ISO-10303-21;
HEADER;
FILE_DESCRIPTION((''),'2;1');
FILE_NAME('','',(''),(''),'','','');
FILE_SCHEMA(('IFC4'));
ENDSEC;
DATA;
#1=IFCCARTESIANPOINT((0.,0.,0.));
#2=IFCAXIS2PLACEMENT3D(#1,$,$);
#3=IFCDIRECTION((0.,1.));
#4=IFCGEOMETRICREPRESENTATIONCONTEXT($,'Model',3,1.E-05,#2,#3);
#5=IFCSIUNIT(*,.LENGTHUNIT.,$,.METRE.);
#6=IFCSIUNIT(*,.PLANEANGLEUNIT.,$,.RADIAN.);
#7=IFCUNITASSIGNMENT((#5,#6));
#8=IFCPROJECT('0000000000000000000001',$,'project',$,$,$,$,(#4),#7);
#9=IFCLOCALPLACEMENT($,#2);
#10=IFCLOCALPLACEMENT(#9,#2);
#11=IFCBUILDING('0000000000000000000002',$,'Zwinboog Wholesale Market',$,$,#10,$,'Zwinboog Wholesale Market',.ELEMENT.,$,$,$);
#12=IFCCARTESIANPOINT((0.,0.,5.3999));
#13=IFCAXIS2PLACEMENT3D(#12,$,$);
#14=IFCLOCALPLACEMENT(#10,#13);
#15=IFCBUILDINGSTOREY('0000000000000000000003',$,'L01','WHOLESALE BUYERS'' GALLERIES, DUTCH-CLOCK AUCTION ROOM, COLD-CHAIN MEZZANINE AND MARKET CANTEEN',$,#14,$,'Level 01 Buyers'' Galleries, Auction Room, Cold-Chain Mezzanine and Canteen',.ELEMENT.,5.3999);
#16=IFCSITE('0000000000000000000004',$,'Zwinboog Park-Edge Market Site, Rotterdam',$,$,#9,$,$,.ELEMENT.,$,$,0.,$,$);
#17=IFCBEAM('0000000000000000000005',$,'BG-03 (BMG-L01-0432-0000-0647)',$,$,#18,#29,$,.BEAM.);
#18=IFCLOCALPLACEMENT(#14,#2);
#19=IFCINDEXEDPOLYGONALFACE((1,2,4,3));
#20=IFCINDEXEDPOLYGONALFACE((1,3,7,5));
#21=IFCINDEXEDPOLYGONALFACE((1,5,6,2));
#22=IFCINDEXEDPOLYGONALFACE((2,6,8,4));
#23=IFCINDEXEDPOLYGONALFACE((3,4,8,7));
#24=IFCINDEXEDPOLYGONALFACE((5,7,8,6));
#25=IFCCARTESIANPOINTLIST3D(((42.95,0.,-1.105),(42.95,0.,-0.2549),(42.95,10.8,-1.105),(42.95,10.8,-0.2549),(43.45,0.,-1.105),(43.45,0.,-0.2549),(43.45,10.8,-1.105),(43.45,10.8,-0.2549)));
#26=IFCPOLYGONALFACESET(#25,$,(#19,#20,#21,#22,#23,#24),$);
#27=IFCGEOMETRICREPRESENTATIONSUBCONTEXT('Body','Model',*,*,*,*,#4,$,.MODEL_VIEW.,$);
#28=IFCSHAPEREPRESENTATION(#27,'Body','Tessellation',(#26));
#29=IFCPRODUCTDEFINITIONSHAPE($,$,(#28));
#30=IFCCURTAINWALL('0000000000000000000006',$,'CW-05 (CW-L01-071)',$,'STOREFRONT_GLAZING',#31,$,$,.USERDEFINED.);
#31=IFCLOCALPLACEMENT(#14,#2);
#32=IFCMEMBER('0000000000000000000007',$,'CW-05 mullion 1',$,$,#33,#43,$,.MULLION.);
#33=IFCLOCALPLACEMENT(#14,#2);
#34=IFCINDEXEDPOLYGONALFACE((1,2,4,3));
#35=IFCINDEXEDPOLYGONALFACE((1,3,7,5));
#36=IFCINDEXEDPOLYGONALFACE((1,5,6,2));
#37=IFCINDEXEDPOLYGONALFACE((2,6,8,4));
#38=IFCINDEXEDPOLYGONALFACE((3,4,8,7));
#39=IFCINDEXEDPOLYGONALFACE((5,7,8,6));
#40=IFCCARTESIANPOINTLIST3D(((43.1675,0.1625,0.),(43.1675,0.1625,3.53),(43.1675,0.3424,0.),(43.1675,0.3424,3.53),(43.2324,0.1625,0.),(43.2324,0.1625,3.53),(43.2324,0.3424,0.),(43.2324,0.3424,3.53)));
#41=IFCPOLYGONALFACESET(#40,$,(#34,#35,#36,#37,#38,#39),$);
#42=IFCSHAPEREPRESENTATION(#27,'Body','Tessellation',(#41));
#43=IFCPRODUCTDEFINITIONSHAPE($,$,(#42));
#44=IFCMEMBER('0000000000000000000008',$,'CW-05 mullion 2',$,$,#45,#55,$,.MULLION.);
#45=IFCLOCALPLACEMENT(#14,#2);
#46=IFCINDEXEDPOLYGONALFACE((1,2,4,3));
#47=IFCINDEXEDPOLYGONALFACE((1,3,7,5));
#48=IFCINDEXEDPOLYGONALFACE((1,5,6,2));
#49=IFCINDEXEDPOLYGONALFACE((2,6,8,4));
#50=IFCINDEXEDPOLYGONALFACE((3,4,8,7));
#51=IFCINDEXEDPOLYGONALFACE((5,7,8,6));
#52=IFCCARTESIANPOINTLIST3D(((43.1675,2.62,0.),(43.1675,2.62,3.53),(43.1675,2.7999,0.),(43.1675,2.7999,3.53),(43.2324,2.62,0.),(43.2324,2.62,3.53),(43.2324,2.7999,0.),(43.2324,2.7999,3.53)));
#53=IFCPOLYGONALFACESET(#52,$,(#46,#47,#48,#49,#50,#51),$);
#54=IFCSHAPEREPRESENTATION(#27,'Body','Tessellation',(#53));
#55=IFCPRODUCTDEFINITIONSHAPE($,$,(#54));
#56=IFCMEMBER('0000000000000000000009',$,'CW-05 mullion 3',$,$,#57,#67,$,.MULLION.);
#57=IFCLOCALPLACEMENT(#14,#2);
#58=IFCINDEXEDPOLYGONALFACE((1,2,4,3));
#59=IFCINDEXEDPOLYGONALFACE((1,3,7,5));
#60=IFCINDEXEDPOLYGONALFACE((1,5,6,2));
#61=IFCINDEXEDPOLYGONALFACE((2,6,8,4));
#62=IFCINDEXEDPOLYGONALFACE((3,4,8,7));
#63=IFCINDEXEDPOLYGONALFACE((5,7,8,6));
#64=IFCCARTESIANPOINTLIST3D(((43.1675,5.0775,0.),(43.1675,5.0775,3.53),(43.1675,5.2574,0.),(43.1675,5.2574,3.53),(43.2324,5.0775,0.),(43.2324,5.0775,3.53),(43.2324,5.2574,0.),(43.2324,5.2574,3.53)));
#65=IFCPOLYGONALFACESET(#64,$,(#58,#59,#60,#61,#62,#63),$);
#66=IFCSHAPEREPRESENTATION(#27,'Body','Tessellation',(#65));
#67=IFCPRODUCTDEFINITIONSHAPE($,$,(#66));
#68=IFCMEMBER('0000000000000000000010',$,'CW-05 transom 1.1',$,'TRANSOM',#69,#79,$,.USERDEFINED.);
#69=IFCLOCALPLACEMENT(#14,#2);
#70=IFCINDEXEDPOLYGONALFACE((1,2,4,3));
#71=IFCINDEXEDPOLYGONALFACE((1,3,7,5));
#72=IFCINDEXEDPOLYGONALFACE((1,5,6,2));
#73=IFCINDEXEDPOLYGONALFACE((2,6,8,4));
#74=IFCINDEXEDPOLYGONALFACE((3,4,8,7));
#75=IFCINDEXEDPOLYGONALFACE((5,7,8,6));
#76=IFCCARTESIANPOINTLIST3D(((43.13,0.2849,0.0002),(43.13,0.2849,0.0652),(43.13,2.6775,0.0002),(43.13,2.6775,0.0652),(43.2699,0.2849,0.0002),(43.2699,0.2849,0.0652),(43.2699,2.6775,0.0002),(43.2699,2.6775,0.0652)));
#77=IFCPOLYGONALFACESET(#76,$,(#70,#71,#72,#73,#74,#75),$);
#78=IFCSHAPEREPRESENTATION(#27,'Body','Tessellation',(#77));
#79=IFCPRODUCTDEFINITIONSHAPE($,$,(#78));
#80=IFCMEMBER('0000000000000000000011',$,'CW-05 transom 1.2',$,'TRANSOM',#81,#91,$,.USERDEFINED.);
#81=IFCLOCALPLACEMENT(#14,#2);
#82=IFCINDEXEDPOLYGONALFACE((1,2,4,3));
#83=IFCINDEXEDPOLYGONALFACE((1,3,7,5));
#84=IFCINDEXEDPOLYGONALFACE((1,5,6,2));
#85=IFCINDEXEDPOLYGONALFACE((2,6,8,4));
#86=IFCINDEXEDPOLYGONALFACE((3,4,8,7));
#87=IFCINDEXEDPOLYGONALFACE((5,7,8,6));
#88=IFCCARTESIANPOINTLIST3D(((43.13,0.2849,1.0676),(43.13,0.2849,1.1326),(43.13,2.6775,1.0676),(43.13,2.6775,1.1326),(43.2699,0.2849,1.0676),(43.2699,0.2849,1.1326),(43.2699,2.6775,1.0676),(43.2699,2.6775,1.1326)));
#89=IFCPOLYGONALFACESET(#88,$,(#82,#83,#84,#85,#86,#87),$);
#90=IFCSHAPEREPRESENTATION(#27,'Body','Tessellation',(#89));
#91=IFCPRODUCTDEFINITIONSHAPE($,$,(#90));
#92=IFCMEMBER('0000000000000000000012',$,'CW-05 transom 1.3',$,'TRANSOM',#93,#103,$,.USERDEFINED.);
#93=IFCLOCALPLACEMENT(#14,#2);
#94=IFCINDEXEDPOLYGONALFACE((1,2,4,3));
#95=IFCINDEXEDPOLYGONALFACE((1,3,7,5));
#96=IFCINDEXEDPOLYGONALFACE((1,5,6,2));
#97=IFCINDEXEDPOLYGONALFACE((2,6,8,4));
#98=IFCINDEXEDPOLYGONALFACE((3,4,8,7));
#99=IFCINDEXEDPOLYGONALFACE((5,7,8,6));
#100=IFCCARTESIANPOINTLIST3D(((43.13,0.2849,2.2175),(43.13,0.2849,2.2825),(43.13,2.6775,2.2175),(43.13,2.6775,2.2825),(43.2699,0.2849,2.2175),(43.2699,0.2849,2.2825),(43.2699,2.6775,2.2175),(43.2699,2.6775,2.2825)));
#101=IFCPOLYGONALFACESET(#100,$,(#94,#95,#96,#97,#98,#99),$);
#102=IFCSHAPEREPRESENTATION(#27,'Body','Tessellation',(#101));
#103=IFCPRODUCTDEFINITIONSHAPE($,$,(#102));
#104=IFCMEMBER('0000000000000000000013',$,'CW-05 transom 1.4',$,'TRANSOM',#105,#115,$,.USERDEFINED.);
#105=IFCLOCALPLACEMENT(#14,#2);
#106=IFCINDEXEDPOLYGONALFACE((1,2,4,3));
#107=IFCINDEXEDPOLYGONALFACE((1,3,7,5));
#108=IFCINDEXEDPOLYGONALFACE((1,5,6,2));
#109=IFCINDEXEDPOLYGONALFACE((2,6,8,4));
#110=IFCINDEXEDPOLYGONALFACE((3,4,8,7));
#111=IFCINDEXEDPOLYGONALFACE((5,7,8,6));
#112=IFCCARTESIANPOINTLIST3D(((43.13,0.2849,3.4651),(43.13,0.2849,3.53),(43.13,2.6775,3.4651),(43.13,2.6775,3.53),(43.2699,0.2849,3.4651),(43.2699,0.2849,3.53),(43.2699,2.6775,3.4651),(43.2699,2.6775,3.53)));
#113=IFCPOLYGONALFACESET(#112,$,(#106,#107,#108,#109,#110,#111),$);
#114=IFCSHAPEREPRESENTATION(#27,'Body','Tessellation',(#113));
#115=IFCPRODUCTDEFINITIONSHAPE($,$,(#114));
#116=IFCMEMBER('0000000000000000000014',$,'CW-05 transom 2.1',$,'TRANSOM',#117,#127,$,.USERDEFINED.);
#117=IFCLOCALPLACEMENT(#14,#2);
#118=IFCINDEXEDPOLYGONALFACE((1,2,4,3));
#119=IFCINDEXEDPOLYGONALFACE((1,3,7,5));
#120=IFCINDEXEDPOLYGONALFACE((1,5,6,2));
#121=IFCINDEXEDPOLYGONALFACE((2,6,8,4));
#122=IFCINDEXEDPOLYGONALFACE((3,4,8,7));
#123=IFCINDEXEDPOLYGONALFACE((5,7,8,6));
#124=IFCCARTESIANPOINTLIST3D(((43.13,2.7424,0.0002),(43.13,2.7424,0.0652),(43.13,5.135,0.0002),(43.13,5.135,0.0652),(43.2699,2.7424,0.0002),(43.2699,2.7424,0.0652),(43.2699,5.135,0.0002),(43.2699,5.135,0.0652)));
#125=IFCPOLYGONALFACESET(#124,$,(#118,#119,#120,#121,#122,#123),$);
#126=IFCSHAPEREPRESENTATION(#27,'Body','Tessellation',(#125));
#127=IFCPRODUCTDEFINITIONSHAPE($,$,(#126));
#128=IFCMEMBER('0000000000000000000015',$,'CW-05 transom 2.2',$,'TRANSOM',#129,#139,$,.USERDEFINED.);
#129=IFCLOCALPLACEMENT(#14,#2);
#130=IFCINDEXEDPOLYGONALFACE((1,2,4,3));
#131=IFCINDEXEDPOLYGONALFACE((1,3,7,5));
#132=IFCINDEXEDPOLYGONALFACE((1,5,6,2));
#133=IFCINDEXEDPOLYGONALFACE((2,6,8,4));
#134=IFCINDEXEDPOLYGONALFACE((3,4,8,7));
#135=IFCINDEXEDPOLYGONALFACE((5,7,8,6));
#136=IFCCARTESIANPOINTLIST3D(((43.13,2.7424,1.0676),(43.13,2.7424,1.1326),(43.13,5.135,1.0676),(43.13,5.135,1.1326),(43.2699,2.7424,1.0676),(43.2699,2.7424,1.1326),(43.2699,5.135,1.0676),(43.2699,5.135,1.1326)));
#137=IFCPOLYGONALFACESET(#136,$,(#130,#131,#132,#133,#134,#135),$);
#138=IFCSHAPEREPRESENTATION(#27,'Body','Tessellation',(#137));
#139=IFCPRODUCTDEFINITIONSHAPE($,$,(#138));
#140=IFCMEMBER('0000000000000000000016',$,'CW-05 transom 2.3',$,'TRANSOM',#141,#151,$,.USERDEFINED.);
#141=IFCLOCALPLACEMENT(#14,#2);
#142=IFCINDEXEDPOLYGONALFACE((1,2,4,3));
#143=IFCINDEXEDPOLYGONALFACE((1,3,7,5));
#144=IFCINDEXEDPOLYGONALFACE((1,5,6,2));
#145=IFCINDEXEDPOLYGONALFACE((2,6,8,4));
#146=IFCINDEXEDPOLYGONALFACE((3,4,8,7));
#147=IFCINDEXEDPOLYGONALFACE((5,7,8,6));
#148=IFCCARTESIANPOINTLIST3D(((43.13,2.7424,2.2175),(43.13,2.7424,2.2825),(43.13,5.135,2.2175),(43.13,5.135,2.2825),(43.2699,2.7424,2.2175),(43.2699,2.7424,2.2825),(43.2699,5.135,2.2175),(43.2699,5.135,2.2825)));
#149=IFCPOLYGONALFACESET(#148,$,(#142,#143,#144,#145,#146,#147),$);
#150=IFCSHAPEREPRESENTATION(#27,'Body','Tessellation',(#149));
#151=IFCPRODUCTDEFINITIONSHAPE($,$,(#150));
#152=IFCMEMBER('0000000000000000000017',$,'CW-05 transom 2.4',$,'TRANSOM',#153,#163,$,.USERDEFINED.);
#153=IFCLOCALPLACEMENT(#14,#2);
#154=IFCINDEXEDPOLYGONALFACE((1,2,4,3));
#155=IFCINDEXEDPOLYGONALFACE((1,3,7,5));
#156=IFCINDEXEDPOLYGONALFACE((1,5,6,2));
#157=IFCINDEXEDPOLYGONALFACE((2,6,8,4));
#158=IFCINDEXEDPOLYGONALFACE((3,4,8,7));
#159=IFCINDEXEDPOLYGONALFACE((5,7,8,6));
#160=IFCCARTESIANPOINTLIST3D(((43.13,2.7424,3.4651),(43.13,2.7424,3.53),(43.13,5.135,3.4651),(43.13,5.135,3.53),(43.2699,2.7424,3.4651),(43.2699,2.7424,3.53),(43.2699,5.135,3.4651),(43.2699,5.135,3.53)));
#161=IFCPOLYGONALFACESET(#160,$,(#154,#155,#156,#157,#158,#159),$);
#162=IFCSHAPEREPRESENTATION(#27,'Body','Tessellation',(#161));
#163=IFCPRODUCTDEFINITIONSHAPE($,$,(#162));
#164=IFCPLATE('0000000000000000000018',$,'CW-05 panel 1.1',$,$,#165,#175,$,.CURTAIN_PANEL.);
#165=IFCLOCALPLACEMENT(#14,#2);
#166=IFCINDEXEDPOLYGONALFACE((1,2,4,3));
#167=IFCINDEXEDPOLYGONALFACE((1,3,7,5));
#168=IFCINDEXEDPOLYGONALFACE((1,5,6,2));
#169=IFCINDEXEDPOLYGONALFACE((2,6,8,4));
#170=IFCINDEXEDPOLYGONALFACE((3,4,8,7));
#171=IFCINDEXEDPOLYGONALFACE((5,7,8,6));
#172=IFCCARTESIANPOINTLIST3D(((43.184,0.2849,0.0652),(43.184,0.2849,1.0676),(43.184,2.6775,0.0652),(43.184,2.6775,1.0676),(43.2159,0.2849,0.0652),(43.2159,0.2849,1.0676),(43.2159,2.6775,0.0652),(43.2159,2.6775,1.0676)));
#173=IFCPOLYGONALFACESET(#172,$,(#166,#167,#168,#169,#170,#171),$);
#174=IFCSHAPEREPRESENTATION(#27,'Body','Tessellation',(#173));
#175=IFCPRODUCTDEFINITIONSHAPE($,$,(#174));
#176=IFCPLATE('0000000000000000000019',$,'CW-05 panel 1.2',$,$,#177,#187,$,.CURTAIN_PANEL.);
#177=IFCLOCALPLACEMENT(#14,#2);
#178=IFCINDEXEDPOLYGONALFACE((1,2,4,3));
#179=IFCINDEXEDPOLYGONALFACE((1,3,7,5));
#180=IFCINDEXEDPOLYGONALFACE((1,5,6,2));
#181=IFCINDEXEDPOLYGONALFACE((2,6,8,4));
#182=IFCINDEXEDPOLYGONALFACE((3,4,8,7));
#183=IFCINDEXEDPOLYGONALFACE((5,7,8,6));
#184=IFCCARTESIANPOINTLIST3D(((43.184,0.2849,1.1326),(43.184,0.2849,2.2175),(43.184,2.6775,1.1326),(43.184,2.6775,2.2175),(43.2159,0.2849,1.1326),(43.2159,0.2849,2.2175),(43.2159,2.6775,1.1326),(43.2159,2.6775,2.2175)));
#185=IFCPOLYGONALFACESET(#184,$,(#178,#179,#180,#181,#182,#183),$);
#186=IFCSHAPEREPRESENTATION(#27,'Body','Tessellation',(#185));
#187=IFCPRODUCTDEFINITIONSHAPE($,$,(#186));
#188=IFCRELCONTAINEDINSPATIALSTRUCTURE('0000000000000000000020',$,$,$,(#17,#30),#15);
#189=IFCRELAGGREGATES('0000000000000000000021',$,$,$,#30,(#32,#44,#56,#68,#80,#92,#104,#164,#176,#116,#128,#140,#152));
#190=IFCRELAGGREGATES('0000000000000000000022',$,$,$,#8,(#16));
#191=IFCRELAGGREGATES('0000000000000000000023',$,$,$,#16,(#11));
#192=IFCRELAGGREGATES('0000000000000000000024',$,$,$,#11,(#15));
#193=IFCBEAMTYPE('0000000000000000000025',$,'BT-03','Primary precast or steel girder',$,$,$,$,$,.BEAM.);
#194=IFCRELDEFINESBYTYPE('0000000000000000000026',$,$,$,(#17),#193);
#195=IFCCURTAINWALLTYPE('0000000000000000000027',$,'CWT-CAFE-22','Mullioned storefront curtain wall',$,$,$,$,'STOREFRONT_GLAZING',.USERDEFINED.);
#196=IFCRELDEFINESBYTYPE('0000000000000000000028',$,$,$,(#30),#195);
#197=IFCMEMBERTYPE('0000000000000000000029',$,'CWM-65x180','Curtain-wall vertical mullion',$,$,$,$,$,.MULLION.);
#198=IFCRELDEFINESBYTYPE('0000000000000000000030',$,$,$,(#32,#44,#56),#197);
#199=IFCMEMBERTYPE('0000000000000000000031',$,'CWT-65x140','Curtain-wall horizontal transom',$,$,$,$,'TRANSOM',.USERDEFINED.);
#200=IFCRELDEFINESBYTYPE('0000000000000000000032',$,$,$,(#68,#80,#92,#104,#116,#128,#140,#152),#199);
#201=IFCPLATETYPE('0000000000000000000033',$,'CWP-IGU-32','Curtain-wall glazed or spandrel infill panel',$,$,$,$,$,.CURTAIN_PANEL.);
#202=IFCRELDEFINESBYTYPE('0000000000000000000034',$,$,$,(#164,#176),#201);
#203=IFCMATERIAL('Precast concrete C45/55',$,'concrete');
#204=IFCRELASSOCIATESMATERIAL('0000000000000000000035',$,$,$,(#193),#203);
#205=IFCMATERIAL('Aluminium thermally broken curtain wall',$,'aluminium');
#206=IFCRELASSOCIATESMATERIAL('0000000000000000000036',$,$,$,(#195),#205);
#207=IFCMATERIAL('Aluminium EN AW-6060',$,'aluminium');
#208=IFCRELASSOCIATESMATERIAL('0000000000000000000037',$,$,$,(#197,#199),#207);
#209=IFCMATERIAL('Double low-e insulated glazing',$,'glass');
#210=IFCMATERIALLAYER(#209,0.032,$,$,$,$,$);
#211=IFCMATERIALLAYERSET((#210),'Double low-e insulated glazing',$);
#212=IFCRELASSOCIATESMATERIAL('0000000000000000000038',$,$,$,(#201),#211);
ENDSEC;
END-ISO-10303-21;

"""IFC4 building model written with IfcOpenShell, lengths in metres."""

from ifc_helpers import new_model, si_unit, direction, frame, origin, origin_2d, place, context, subcontext, project, spatial, rectangle, extrude, material, layer, layer_set, material_profile, profile_set, type_object, element, aggregate, save


model = new_model("IFC4")

# Units and contexts
model_context = context("Model", 3, precision=1e-05, world=origin(), true_north=direction((0.0, 1.0)))
body_context = subcontext(model_context, "Body", "Model", "MODEL_VIEW")
ifc_project = project(units=[si_unit("LENGTHUNIT", "METRE"), si_unit("PLANEANGLEUNIT", "RADIAN")], contexts=[model_context])

# Site, building, storey
site_placement = place(None, origin())
site = spatial("IfcSite", under=ifc_project, at=site_placement, Name="Zwinboog Park-Edge Market Site, Rotterdam", CompositionType="ELEMENT", RefElevation=0.0)
building_placement = place(site_placement, origin())
building = spatial("IfcBuilding", under=site, at=building_placement, Name="Zwinboog Wholesale Market", LongName="Zwinboog Wholesale Market", CompositionType="ELEMENT")
storey_placement = place(building_placement, frame((0.0, 0.0, 5.3999)))
storey = spatial("IfcBuildingStorey", under=building, at=storey_placement, Name="L01", Description="WHOLESALE BUYERS' GALLERIES, DUTCH-CLOCK AUCTION ROOM, COLD-CHAIN MEZZANINE AND MARKET CANTEEN", LongName="Level 01 Buyers' Galleries, Auction Room, Cold-Chain Mezzanine and Canteen", CompositionType="ELEMENT", Elevation=5.3999)

# Beam
ifc_material_1 = material(Name="Precast concrete C45/55", Category="concrete")
ifc_material_profile_1 = material_profile(ifc_material_1, rectangle(XDim=0.5, YDim=0.8501, at=origin_2d()), Name="PC 500x850")
ifc_profile_set_1 = profile_set([ifc_material_profile_1], Name="Precast concrete C45/55")
beam_type = type_object("IfcBeamType", Name="BT-03", Description="Primary precast or steel girder", PredefinedType="BEAM", material=ifc_profile_set_1)
beam_placement = place(storey_placement, frame((43.2, 0.0, -0.6799), z_axis=(0.0, 1.0, 0.0), x_axis=(-1.0, 0.0, 0.0)))
element("IfcBeam", 1, at=beam_placement, inside=storey, type_object=beam_type, Name="BG-03 (BMG-L01-0432-0000-0647)", PredefinedType="BEAM", context=body_context, shape_type="SweptSolid", body=[
    extrude(rectangle(XDim=0.5, YDim=0.8501, at=origin_2d()), origin(), (0.0, 0.0, 1.0), 10.8),
])

# Curtain wall, members, plates
ifc_material_2 = material(Name="Aluminium thermally broken curtain wall", Category="aluminium")
curtain_wall_type = type_object("IfcCurtainWallType", Name="CWT-CAFE-22", Description="Mullioned storefront curtain wall", ElementType="STOREFRONT_GLAZING", PredefinedType="USERDEFINED", material=ifc_material_2)
curtain_wall_placement = place(storey_placement, origin())
curtain_wall = element("IfcCurtainWall", 2, at=curtain_wall_placement, inside=storey, type_object=curtain_wall_type, Name="CW-05 (CW-L01-071)", ObjectType="STOREFRONT_GLAZING", PredefinedType="USERDEFINED")
ifc_material_3 = material(Name="Aluminium EN AW-6060", Category="aluminium")
ifc_material_profile_2 = material_profile(ifc_material_3, rectangle(XDim=0.0649, YDim=0.1799, at=origin_2d()), Name="AL 65x180")
ifc_profile_set_2 = profile_set([ifc_material_profile_2], Name="Aluminium EN AW-6060")
member_type_1 = type_object("IfcMemberType", Name="CWM-65x180", Description="Curtain-wall vertical mullion", PredefinedType="MULLION", material=ifc_profile_set_2)
member_1_placement = place(storey_placement, frame((43.2, 0.2524, 0.0), z_axis=(0.0, 0.0, 1.0), x_axis=(-1.0, 0.0, 0.0)))
member_1 = element("IfcMember", 3, at=member_1_placement, type_object=member_type_1, Name="CW-05 mullion 1", PredefinedType="MULLION", context=body_context, shape_type="SweptSolid", body=[
    extrude(rectangle(XDim=0.0649, YDim=0.1799, at=origin_2d()), origin(), (0.0, 0.0, 1.0), 3.53),
])
member_2_placement = place(storey_placement, frame((43.2, 2.71, 0.0), z_axis=(0.0, 0.0, 1.0), x_axis=(-1.0, 0.0, 0.0)))
member_2 = element("IfcMember", 4, at=member_2_placement, type_object=member_type_1, Name="CW-05 mullion 2", PredefinedType="MULLION", context=body_context, shape_type="SweptSolid", body=[
    extrude(rectangle(XDim=0.0649, YDim=0.1799, at=origin_2d()), origin(), (0.0, 0.0, 1.0), 3.53),
])
member_3_placement = place(storey_placement, frame((43.2, 5.1675, 0.0), z_axis=(0.0, 0.0, 1.0), x_axis=(-1.0, 0.0, 0.0)))
member_3 = element("IfcMember", 5, at=member_3_placement, type_object=member_type_1, Name="CW-05 mullion 3", PredefinedType="MULLION", context=body_context, shape_type="SweptSolid", body=[
    extrude(rectangle(XDim=0.0649, YDim=0.1799, at=origin_2d()), origin(), (0.0, 0.0, 1.0), 3.53),
])
ifc_material_profile_3 = material_profile(ifc_material_3, rectangle(XDim=0.1399, YDim=0.0649, at=origin_2d()), Name="AL 65x140")
ifc_profile_set_3 = profile_set([ifc_material_profile_3], Name="Aluminium EN AW-6060")
member_type_2 = type_object("IfcMemberType", Name="CWT-65x140", Description="Curtain-wall horizontal transom", ElementType="TRANSOM", PredefinedType="USERDEFINED", material=ifc_profile_set_3)
member_4_placement = place(storey_placement, frame((43.2, 0.2849, 0.0327), z_axis=(0.0, 1.0, 0.0), x_axis=(-1.0, 0.0, 0.0)))
member_4 = element("IfcMember", 6, at=member_4_placement, type_object=member_type_2, Name="CW-05 transom 1.1", ObjectType="TRANSOM", PredefinedType="USERDEFINED", context=body_context, shape_type="SweptSolid", body=[
    extrude(rectangle(XDim=0.1399, YDim=0.0649, at=origin_2d()), origin(), (0.0, 0.0, 1.0), 2.3926),
])
member_5_placement = place(storey_placement, frame((43.2, 0.2849, 1.1001), z_axis=(0.0, 1.0, 0.0), x_axis=(-1.0, 0.0, 0.0)))
member_5 = element("IfcMember", 7, at=member_5_placement, type_object=member_type_2, Name="CW-05 transom 1.2", ObjectType="TRANSOM", PredefinedType="USERDEFINED", context=body_context, shape_type="SweptSolid", body=[
    extrude(rectangle(XDim=0.1399, YDim=0.0649, at=origin_2d()), origin(), (0.0, 0.0, 1.0), 2.3926),
])
member_6_placement = place(storey_placement, frame((43.2, 0.2849, 2.25), z_axis=(0.0, 1.0, 0.0), x_axis=(-1.0, 0.0, 0.0)))
member_6 = element("IfcMember", 8, at=member_6_placement, type_object=member_type_2, Name="CW-05 transom 1.3", ObjectType="TRANSOM", PredefinedType="USERDEFINED", context=body_context, shape_type="SweptSolid", body=[
    extrude(rectangle(XDim=0.1399, YDim=0.0649, at=origin_2d()), origin(), (0.0, 0.0, 1.0), 2.3926),
])
member_7_placement = place(storey_placement, frame((43.2, 0.2849, 3.4976), z_axis=(0.0, 1.0, 0.0), x_axis=(-1.0, 0.0, 0.0)))
member_7 = element("IfcMember", 9, at=member_7_placement, type_object=member_type_2, Name="CW-05 transom 1.4", ObjectType="TRANSOM", PredefinedType="USERDEFINED", context=body_context, shape_type="SweptSolid", body=[
    extrude(rectangle(XDim=0.1399, YDim=0.0649, at=origin_2d()), origin(), (0.0, 0.0, 1.0), 2.3926),
])
member_8_placement = place(storey_placement, frame((43.2, 2.7424, 0.0327), z_axis=(0.0, 1.0, 0.0), x_axis=(-1.0, 0.0, 0.0)))
member_8 = element("IfcMember", 10, at=member_8_placement, type_object=member_type_2, Name="CW-05 transom 2.1", ObjectType="TRANSOM", PredefinedType="USERDEFINED", context=body_context, shape_type="SweptSolid", body=[
    extrude(rectangle(XDim=0.1399, YDim=0.0649, at=origin_2d()), origin(), (0.0, 0.0, 1.0), 2.3926),
])
member_9_placement = place(storey_placement, frame((43.2, 2.7424, 1.1001), z_axis=(0.0, 1.0, 0.0), x_axis=(-1.0, 0.0, 0.0)))
member_9 = element("IfcMember", 11, at=member_9_placement, type_object=member_type_2, Name="CW-05 transom 2.2", ObjectType="TRANSOM", PredefinedType="USERDEFINED", context=body_context, shape_type="SweptSolid", body=[
    extrude(rectangle(XDim=0.1399, YDim=0.0649, at=origin_2d()), origin(), (0.0, 0.0, 1.0), 2.3926),
])
member_10_placement = place(storey_placement, frame((43.2, 2.7424, 2.25), z_axis=(0.0, 1.0, 0.0), x_axis=(-1.0, 0.0, 0.0)))
member_10 = element("IfcMember", 12, at=member_10_placement, type_object=member_type_2, Name="CW-05 transom 2.3", ObjectType="TRANSOM", PredefinedType="USERDEFINED", context=body_context, shape_type="SweptSolid", body=[
    extrude(rectangle(XDim=0.1399, YDim=0.0649, at=origin_2d()), origin(), (0.0, 0.0, 1.0), 2.3926),
])
member_11_placement = place(storey_placement, frame((43.2, 2.7424, 3.4976), z_axis=(0.0, 1.0, 0.0), x_axis=(-1.0, 0.0, 0.0)))
member_11 = element("IfcMember", 13, at=member_11_placement, type_object=member_type_2, Name="CW-05 transom 2.4", ObjectType="TRANSOM", PredefinedType="USERDEFINED", context=body_context, shape_type="SweptSolid", body=[
    extrude(rectangle(XDim=0.1399, YDim=0.0649, at=origin_2d()), origin(), (0.0, 0.0, 1.0), 2.3926),
])
ifc_material_4 = material(Name="Double low-e insulated glazing", Category="glass")
ifc_layer_1 = layer(ifc_material_4, 0.032)
ifc_layer_set_1 = layer_set([ifc_layer_1], Name="Double low-e insulated glazing")
plate_type = type_object("IfcPlateType", Name="CWP-IGU-32", Description="Curtain-wall glazed or spandrel infill panel", PredefinedType="CURTAIN_PANEL", material=ifc_layer_set_1)
plate_1_placement = place(storey_placement, frame((43.2, 1.4812, 0.0652), z_axis=(0.0, 0.0, 1.0), x_axis=(0.0, 1.0, 0.0)))
plate_1 = element("IfcPlate", 14, at=plate_1_placement, type_object=plate_type, Name="CW-05 panel 1.1", PredefinedType="CURTAIN_PANEL", context=body_context, shape_type="SweptSolid", body=[
    extrude(rectangle(XDim=2.3926, YDim=0.032, at=origin_2d()), origin(), (0.0, 0.0, 1.0), 1.0024),
])
plate_2_placement = place(storey_placement, frame((43.2, 1.4812, 1.1326), z_axis=(0.0, 0.0, 1.0), x_axis=(0.0, 1.0, 0.0)))
plate_2 = element("IfcPlate", 15, at=plate_2_placement, type_object=plate_type, Name="CW-05 panel 1.2", PredefinedType="CURTAIN_PANEL", context=body_context, shape_type="SweptSolid", body=[
    extrude(rectangle(XDim=2.3926, YDim=0.032, at=origin_2d()), origin(), (0.0, 0.0, 1.0), 1.085),
])
aggregate(curtain_wall, [member_1, member_2, member_3, member_4, member_5, member_6, member_7, plate_1, plate_2, member_8, member_9, member_10, member_11])

save(model, "model.ifc")
